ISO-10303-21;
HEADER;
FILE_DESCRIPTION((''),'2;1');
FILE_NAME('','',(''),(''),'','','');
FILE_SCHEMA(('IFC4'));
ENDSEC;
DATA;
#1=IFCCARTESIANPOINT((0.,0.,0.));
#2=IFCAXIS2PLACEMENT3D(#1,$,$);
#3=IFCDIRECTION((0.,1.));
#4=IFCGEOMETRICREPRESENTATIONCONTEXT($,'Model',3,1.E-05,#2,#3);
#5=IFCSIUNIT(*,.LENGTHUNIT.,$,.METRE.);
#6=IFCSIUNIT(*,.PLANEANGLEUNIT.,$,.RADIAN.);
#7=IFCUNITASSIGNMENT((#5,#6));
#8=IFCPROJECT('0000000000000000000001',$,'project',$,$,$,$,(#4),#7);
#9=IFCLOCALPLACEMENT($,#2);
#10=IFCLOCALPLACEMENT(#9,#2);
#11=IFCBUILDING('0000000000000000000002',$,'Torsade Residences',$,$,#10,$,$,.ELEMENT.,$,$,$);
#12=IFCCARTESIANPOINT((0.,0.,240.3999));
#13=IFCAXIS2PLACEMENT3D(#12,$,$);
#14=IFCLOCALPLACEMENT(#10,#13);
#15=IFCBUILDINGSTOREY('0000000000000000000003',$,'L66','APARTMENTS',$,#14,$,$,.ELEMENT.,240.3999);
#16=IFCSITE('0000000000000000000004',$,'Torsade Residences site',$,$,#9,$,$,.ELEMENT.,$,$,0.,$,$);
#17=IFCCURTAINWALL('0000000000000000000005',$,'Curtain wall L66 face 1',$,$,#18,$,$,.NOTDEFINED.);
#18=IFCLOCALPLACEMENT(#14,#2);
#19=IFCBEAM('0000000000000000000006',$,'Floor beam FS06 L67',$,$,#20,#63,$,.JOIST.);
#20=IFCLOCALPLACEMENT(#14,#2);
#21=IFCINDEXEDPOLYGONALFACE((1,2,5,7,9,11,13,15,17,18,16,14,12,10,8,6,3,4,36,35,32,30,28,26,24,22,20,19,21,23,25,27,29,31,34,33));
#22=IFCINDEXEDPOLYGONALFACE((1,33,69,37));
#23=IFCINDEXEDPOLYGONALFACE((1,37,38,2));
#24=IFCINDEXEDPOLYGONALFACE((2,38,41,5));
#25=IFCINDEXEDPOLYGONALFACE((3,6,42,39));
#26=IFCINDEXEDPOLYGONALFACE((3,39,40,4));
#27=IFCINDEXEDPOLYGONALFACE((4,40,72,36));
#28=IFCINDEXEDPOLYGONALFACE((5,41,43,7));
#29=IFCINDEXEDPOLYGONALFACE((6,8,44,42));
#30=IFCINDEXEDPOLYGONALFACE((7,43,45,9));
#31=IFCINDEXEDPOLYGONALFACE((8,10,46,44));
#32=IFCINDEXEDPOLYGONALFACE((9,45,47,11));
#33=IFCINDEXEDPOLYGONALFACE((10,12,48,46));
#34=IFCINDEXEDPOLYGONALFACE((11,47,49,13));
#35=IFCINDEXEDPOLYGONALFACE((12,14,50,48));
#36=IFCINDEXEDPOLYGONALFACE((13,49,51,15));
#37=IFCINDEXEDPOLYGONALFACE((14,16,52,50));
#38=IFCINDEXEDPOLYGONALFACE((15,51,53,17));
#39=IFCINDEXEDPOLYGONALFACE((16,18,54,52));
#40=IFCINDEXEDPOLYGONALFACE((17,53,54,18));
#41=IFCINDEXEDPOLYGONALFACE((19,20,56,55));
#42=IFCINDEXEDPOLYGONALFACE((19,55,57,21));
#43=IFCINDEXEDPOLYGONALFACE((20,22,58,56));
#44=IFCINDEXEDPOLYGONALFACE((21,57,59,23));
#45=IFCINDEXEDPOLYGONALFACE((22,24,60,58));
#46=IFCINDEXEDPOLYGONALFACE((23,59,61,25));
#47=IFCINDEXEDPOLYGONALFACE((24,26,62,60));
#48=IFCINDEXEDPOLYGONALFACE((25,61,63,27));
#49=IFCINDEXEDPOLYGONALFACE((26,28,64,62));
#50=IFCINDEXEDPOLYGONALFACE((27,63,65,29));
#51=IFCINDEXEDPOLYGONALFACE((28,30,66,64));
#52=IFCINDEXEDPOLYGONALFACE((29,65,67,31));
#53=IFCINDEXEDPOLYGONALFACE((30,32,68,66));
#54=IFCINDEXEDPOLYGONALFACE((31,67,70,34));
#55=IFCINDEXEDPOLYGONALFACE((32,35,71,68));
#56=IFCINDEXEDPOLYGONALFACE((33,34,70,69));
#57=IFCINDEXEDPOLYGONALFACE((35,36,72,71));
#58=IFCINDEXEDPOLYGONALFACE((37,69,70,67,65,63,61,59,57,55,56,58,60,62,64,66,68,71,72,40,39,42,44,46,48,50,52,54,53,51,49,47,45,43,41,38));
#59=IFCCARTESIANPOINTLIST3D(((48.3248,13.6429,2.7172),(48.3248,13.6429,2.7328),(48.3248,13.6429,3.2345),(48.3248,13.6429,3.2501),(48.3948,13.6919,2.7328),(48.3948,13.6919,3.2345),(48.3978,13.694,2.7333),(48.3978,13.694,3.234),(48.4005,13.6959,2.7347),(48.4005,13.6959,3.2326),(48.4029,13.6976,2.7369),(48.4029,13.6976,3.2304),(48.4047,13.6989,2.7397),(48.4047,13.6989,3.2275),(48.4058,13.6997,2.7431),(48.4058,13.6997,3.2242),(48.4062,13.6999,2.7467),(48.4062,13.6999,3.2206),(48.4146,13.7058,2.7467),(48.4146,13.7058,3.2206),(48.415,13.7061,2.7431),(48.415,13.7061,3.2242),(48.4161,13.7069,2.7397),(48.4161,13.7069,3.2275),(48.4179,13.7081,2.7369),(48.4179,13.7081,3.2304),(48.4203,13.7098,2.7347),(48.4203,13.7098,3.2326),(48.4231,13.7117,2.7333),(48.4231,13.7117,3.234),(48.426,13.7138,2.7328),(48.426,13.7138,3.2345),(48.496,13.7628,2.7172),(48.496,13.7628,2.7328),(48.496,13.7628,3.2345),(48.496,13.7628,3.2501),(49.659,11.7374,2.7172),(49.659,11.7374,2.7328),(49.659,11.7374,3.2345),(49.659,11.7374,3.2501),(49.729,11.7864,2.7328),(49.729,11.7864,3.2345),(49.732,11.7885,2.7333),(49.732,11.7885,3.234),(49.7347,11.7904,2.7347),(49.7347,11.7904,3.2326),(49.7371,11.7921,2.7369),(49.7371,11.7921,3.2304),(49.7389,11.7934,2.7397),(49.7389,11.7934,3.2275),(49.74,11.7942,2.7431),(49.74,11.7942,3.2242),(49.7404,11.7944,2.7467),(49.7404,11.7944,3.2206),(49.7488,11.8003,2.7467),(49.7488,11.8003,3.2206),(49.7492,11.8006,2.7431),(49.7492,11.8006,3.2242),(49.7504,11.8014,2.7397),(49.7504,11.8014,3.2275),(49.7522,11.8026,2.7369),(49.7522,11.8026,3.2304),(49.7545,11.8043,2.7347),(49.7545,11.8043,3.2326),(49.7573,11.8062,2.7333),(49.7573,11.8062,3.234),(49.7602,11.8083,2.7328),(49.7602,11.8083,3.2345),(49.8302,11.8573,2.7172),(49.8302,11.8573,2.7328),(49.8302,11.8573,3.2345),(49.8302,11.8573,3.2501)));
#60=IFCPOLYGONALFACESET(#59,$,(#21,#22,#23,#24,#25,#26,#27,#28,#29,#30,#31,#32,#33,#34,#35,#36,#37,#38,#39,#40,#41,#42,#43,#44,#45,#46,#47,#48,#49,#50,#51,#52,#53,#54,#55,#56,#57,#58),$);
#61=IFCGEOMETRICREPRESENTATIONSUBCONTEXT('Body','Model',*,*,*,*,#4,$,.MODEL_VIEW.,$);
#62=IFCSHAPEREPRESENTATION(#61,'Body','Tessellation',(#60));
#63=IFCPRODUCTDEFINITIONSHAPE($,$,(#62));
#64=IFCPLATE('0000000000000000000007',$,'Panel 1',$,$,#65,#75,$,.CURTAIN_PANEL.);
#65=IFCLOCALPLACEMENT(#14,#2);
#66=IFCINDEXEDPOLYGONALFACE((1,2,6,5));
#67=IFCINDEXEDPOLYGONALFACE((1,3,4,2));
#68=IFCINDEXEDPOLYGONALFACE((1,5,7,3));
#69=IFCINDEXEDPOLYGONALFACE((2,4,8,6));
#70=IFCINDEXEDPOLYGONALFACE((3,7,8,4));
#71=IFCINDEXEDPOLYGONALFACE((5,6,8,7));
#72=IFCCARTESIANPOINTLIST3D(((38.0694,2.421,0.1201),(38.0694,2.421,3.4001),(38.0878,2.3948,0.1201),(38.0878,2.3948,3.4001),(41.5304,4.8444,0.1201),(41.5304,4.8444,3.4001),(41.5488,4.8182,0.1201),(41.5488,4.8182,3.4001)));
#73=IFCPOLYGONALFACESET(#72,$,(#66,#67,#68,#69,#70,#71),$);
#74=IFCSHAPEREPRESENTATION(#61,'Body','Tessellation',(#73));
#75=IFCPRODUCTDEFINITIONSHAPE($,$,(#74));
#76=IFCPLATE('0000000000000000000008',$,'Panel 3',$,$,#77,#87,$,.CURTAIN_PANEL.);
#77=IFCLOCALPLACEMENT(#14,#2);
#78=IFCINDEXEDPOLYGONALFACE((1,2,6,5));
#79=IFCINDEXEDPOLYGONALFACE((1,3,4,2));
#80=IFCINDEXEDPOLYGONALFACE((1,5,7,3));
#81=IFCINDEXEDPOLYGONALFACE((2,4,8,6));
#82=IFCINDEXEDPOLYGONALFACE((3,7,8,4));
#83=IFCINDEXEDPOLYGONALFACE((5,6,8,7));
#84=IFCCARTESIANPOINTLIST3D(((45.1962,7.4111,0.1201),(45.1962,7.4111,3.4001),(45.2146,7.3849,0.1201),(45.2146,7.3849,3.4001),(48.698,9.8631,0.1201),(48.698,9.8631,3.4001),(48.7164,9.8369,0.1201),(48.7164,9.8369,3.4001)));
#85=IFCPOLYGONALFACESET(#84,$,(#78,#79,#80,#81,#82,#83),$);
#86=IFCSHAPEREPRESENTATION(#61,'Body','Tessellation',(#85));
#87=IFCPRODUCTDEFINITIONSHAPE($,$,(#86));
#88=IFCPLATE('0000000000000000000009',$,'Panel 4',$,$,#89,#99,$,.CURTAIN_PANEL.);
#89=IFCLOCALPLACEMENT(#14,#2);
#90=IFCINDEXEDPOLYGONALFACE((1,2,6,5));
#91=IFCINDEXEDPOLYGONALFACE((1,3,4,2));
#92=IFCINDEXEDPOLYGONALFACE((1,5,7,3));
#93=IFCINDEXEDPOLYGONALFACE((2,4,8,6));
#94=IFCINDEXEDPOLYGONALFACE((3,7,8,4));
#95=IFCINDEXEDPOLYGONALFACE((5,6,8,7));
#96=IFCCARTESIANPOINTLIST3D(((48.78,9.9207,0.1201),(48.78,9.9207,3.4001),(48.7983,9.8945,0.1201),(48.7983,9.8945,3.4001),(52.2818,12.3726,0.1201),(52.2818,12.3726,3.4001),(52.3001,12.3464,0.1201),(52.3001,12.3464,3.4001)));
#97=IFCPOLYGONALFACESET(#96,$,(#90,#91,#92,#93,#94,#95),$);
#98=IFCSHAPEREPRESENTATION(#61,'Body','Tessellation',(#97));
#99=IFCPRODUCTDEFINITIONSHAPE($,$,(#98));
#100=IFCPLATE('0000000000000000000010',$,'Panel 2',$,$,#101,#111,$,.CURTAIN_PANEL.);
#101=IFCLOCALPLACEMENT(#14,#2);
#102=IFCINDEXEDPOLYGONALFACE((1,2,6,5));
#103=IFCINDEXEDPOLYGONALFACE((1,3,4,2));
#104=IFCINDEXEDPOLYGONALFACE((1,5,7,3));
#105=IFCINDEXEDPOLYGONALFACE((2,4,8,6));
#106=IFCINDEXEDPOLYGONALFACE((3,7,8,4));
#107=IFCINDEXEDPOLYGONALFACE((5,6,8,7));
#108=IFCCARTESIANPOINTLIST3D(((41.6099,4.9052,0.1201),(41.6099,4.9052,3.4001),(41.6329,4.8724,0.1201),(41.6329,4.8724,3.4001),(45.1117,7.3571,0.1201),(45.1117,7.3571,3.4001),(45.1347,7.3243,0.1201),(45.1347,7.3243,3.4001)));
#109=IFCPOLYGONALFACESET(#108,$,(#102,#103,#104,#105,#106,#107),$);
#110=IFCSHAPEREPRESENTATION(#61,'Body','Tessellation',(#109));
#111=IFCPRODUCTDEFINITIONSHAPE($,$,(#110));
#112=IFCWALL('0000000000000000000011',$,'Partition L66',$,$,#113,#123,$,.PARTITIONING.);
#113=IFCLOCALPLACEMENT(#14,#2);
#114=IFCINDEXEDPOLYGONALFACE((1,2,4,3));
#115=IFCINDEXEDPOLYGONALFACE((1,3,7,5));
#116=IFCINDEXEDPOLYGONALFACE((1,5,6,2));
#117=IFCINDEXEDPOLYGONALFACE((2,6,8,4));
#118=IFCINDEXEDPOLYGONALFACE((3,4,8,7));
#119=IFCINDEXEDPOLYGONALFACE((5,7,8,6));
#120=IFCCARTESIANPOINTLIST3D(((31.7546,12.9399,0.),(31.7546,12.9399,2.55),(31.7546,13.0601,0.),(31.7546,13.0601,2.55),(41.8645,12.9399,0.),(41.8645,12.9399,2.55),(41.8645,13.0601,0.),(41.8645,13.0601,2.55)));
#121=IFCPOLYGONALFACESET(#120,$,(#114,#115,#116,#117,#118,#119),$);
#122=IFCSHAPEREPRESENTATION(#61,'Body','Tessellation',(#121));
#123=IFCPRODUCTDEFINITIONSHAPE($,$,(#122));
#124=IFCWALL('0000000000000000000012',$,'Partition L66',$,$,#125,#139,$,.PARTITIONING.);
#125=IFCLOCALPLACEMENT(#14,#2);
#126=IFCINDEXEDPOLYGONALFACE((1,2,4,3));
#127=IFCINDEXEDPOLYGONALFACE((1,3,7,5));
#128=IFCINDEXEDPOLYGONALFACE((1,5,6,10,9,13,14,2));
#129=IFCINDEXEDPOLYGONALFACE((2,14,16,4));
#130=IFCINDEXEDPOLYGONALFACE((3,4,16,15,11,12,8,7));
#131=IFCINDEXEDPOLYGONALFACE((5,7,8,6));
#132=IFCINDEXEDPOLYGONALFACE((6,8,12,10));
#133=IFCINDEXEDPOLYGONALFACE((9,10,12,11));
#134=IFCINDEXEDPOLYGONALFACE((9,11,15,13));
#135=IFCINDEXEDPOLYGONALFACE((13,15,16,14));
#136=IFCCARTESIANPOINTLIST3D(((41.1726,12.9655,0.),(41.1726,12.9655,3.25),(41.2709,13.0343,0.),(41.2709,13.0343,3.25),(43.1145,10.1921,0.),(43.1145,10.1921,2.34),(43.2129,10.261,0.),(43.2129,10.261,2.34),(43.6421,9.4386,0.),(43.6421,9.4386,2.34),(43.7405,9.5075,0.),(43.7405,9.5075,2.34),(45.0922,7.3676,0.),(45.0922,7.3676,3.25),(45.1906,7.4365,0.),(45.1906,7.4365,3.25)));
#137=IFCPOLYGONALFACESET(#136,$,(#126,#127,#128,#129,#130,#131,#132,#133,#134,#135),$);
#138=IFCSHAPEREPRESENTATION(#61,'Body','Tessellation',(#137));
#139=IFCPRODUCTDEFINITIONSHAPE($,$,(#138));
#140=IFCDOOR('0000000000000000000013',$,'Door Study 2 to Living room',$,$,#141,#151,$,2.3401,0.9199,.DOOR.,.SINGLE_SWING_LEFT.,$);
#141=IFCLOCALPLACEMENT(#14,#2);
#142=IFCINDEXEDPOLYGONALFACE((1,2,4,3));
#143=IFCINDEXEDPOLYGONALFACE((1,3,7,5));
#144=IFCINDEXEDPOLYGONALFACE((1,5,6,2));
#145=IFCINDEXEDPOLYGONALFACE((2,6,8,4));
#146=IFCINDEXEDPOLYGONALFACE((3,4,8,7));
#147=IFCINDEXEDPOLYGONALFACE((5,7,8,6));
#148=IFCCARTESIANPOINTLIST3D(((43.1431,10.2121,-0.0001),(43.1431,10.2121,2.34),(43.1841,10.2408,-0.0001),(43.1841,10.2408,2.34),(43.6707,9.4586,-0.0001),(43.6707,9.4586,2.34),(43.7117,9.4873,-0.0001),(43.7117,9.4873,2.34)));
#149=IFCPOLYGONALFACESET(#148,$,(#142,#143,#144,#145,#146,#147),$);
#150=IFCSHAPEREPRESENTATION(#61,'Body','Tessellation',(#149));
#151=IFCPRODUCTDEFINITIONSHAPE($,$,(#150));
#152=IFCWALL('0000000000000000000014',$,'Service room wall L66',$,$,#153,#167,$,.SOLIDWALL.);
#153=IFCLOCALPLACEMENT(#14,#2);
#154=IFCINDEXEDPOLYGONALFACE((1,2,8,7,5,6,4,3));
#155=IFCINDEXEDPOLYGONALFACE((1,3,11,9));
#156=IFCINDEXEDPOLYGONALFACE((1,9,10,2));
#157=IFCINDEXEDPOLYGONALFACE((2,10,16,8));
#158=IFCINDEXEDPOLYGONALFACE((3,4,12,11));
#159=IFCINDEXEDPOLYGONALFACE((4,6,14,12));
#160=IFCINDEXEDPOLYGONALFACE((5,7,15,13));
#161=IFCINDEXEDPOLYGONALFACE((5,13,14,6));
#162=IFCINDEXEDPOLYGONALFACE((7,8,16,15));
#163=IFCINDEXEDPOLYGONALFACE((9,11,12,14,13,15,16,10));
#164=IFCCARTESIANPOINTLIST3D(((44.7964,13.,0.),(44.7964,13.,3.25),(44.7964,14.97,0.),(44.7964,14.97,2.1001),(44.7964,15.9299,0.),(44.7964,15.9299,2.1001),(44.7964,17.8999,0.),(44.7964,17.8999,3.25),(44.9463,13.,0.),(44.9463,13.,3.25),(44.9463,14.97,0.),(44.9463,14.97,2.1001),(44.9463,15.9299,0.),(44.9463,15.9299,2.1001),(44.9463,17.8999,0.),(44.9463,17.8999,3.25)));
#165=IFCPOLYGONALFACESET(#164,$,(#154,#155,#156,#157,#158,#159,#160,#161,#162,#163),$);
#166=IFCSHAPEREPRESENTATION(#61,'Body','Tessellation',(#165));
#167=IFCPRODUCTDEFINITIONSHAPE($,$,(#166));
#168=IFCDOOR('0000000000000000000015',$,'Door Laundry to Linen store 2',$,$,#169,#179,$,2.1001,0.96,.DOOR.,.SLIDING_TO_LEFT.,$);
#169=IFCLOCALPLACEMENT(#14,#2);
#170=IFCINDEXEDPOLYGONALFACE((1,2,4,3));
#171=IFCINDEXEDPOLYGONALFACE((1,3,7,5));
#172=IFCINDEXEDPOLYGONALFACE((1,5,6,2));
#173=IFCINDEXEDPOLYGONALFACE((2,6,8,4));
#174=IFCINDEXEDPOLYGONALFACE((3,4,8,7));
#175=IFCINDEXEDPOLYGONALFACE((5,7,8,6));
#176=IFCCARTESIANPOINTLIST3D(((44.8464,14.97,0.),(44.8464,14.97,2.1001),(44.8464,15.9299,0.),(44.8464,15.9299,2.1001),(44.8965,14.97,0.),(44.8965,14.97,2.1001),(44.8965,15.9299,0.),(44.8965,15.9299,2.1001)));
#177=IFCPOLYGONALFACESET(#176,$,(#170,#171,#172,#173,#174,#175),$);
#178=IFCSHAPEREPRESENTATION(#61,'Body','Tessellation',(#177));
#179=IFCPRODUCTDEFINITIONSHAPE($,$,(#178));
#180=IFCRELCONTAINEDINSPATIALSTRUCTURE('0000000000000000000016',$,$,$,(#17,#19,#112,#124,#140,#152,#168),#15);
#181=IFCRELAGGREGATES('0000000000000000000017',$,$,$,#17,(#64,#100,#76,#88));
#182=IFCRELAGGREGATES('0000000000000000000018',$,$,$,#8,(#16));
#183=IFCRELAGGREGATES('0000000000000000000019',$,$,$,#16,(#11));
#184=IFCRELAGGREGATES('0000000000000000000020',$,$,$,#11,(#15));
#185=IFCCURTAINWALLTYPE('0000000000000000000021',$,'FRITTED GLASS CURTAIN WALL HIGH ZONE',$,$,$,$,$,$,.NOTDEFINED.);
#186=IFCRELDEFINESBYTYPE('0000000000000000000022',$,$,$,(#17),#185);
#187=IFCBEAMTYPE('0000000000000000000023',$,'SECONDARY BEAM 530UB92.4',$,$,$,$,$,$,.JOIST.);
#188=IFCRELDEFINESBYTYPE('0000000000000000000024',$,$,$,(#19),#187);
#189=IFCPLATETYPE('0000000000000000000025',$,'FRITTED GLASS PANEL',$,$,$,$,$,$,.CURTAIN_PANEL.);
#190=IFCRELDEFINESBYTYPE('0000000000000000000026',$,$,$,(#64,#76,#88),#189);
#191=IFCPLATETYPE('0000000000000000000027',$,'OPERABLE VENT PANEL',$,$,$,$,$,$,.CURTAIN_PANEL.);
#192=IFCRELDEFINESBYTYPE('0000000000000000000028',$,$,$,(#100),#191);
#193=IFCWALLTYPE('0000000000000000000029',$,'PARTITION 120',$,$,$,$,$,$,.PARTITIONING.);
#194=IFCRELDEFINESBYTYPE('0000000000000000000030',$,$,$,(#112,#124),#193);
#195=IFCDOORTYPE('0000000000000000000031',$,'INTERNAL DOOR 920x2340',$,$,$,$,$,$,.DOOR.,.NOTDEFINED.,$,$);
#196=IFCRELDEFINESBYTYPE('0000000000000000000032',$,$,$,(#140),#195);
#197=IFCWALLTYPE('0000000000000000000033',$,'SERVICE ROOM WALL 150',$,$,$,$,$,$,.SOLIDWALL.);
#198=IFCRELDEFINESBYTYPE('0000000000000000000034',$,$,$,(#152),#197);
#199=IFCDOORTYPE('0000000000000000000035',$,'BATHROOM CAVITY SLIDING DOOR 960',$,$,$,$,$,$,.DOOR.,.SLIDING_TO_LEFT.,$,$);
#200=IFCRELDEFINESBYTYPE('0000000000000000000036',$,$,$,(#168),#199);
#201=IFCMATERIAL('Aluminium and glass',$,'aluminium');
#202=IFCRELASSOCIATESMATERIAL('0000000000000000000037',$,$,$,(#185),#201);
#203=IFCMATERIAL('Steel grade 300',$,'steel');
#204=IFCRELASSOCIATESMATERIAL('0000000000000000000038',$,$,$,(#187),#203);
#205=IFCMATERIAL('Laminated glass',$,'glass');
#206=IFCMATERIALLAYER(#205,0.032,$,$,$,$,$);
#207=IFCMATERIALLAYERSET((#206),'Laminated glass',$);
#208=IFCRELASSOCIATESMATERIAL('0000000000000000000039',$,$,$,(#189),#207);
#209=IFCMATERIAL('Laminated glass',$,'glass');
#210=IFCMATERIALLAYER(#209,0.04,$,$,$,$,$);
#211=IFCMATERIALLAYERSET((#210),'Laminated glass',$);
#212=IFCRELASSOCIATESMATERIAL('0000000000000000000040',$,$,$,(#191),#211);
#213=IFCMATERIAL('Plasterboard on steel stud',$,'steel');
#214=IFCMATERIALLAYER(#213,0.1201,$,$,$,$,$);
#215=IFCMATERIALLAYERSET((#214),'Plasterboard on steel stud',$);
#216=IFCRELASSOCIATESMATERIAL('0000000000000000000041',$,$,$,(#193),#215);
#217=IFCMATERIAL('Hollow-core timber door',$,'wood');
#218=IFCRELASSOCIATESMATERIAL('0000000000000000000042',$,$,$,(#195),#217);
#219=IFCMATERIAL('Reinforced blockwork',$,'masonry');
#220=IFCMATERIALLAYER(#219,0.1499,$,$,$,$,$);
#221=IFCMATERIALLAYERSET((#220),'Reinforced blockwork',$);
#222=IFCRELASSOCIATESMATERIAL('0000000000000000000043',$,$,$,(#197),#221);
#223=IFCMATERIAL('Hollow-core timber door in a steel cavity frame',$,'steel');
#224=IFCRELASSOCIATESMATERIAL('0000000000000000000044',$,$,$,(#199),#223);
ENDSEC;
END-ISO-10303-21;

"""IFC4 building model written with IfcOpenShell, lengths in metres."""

from ifc_helpers import new_model, si_unit, direction, frame, frame_2d, origin, origin_2d, place, context, subcontext, project, spatial, rectangle, i_section, extrude, material, layer, layer_set, material_profile, profile_set, type_object, element, fill, aggregate, save


model = new_model("IFC4")

# Units and contexts
model_context = context("Model", 3, precision=1e-05, world=origin(), true_north=direction((0.0, 1.0)))
body_context = subcontext(model_context, "Body", "Model", "MODEL_VIEW")
ifc_project = project(units=[si_unit("LENGTHUNIT", "METRE"), si_unit("PLANEANGLEUNIT", "RADIAN")], contexts=[model_context])

# Site, building, storey
site_placement = place(None, origin())
site = spatial("IfcSite", under=ifc_project, at=site_placement, Name="Torsade Residences site", CompositionType="ELEMENT", RefElevation=0.0)
building_placement = place(site_placement, origin())
building = spatial("IfcBuilding", under=site, at=building_placement, Name="Torsade Residences", CompositionType="ELEMENT")
storey_placement = place(building_placement, frame((0.0, 0.0, 240.3999)))
storey = spatial("IfcBuildingStorey", under=building, at=storey_placement, Name="L66", Description="APARTMENTS", CompositionType="ELEMENT", Elevation=240.3999)

# Curtain wall
ifc_material_1 = material(Name="Aluminium and glass", Category="aluminium")
curtain_wall_type = type_object("IfcCurtainWallType", Name="FRITTED GLASS CURTAIN WALL HIGH ZONE", PredefinedType="NOTDEFINED", material=ifc_material_1)
curtain_wall_placement = place(storey_placement, origin())
curtain_wall = element("IfcCurtainWall", 1, at=curtain_wall_placement, inside=storey, type_object=curtain_wall_type, Name="Curtain wall L66 face 1", PredefinedType="NOTDEFINED")

# Beam
ifc_material_2 = material(Name="Steel grade 300", Category="steel")
ifc_material_profile_1 = material_profile(ifc_material_2, i_section(OverallWidth=0.209, OverallDepth=0.533, WebThickness=0.0103, FlangeThickness=0.0156, FilletRadius=0.0139, at=origin_2d()), Name="530UB92.4")
ifc_profile_set_1 = profile_set([ifc_material_profile_1], Name="Steel grade 300")
beam_type_1 = type_object("IfcBeamType", Name="SECONDARY BEAM 530UB92.4", PredefinedType="JOIST", material=ifc_profile_set_1)
beam_1_placement = place(storey_placement, frame((49.7446, 11.7974, 2.9836), z_axis=(-0.573568, 0.819158, 0.0), x_axis=(-0.819158, -0.573568, 0.0)))
element("IfcBeam", 2, at=beam_1_placement, inside=storey, type_object=beam_type_1, Name="Floor beam FS06 L67", PredefinedType="JOIST", context=body_context, shape_type="SweptSolid", body=[
    extrude(i_section(OverallWidth=0.209, OverallDepth=0.533, WebThickness=0.0103, FlangeThickness=0.0156, FilletRadius=0.0139, at=origin_2d()), origin(), (0.0, 0.0, 1.0), 2.3262),
])

# Plates
ifc_material_3 = material(Name="Laminated glass", Category="glass")
ifc_layer_1 = layer(ifc_material_3, 0.032)
ifc_layer_set_1 = layer_set([ifc_layer_1], Name="Laminated glass")
plate_type_1 = type_object("IfcPlateType", Name="FRITTED GLASS PANEL", PredefinedType="CURTAIN_PANEL", material=ifc_layer_set_1)
plate_1_placement = place(storey_placement, frame((39.8091, 3.6196, 0.1201), z_axis=(0.0, 0.0, 1.0), x_axis=(0.819152, 0.573576, 0.0)))
plate_1 = element("IfcPlate", 3, at=plate_1_placement, type_object=plate_type_1, Name="Panel 1", PredefinedType="CURTAIN_PANEL", context=body_context, shape_type="SweptSolid", body=[
    extrude(rectangle(XDim=4.2251, YDim=0.032, at=origin_2d()), origin(), (0.0, 0.0, 1.0), 3.28),
])
plate_2_placement = place(storey_placement, frame((46.9563, 8.624, 0.1201), z_axis=(0.0, 0.0, 1.0), x_axis=(0.819152, 0.573576, 0.0)))
plate_2 = element("IfcPlate", 4, at=plate_2_placement, type_object=plate_type_1, Name="Panel 3", PredefinedType="CURTAIN_PANEL", context=body_context, shape_type="SweptSolid", body=[
    extrude(rectangle(XDim=4.2749, YDim=0.032, at=origin_2d()), origin(), (0.0, 0.0, 1.0), 3.28),
])
plate_3_placement = place(storey_placement, frame((50.54, 11.1335, 0.1201), z_axis=(0.0, 0.0, 1.0), x_axis=(0.819152, 0.573576, 0.0)))
plate_3 = element("IfcPlate", 5, at=plate_3_placement, type_object=plate_type_1, Name="Panel 4", PredefinedType="CURTAIN_PANEL", context=body_context, shape_type="SweptSolid", body=[
    extrude(rectangle(XDim=4.2749, YDim=0.032, at=origin_2d()), origin(), (0.0, 0.0, 1.0), 3.28),
])
ifc_material_4 = material(Name="Laminated glass", Category="glass")
ifc_layer_2 = layer(ifc_material_4, 0.04)
ifc_layer_set_2 = layer_set([ifc_layer_2], Name="Laminated glass")
plate_type_2 = type_object("IfcPlateType", Name="OPERABLE VENT PANEL", PredefinedType="CURTAIN_PANEL", material=ifc_layer_set_2)
plate_4_placement = place(storey_placement, frame((43.3723, 6.1147, 0.1201), z_axis=(0.0, 0.0, 1.0), x_axis=(0.819152, 0.573576, 0.0)))
plate_4 = element("IfcPlate", 6, at=plate_4_placement, type_object=plate_type_2, Name="Panel 2", PredefinedType="CURTAIN_PANEL", context=body_context, shape_type="SweptSolid", body=[
    extrude(rectangle(XDim=4.2749, YDim=0.04, at=origin_2d()), origin(), (0.0, 0.0, 1.0), 3.28),
])
aggregate(curtain_wall, [plate_1, plate_4, plate_2, plate_3])

# Wall
ifc_material_5 = material(Name="Plasterboard on steel stud", Category="steel")
ifc_layer_3 = layer(ifc_material_5, 0.1201)
ifc_layer_set_3 = layer_set([ifc_layer_3], Name="Plasterboard on steel stud")
wall_type_1 = type_object("IfcWallType", Name="PARTITION 120", PredefinedType="PARTITIONING", material=ifc_layer_set_3)
wall_1_placement = place(storey_placement, frame((41.8645, 13.0, 0.0), z_axis=(0.0, 0.0, 1.0), x_axis=(-1.0, 0.0, 0.0)))
element("IfcWall", 7, at=wall_1_placement, inside=storey, type_object=wall_type_1, Name="Partition L66", PredefinedType="PARTITIONING", context=body_context, shape_type="SweptSolid", body=[
    extrude(rectangle(XDim=10.1099, YDim=0.1201, at=frame_2d((5.0549, 0.0))), origin(), (0.0, 0.0, 1.0), 2.55),
])

# Walls, openings, doors
wall_2_placement = place(storey_placement, frame((41.2217, 13.0, 0.0), z_axis=(0.0, 0.0, 1.0), x_axis=(0.573575, -0.819153, 0.0)))
wall_2 = element("IfcWall", 8, at=wall_2_placement, inside=storey, type_object=wall_type_1, Name="Partition L66", PredefinedType="PARTITIONING", context=body_context, shape_type="SweptSolid", body=[
    extrude(rectangle(XDim=6.8337, YDim=0.1201, at=frame_2d((3.417, 0.0))), origin(), (0.0, 0.0, 1.0), 3.25),
])
opening_1_placement = place(wall_2_placement, frame((3.3857, 0.0, 0.0)))
opening_1 = element("IfcOpeningElement", 9, at=opening_1_placement, cuts=wall_2, PredefinedType="OPENING", context=body_context, shape_type="SweptSolid", body=[
    extrude(rectangle(XDim=0.9199, YDim=2.3401, at=frame_2d((0.46, 1.1699))), frame((0.0, 0.0701, 0.0), z_axis=(0.0, -1.0, 0.0), x_axis=(1.0, 0.0, 0.0)), (0.0, 0.0, 1.0), 0.1401),
])
ifc_material_6 = material(Name="Hollow-core timber door", Category="wood")
door_type_1 = type_object("IfcDoorType", Name="INTERNAL DOOR 920x2340", OperationType="NOTDEFINED", PredefinedType="DOOR", material=ifc_material_6)
door_1_placement = place(opening_1_placement, origin())
door_1 = element("IfcDoor", 10, at=door_1_placement, inside=storey, type_object=door_type_1, Name="Door Study 2 to Living room", OperationType="SINGLE_SWING_LEFT", OverallHeight=2.3401, OverallWidth=0.9199, PredefinedType="DOOR", context=body_context, shape_type="SweptSolid", body=[
    extrude(rectangle(XDim=0.9199, YDim=2.3401, at=frame_2d((0.46, 1.1699))), frame((0.0, 0.0249, 0.0), z_axis=(0.0, -1.0, 0.0), x_axis=(1.0, 0.0, 0.0)), (0.0, 0.0, 1.0), 0.05),
])
fill(opening_1, door_1)
ifc_material_7 = material(Name="Reinforced blockwork", Category="masonry")
ifc_layer_4 = layer(ifc_material_7, 0.1499)
ifc_layer_set_4 = layer_set([ifc_layer_4], Name="Reinforced blockwork")
wall_type_2 = type_object("IfcWallType", Name="SERVICE ROOM WALL 150", PredefinedType="SOLIDWALL", material=ifc_layer_set_4)
wall_3_placement = place(storey_placement, frame((44.8713, 13.0, 0.0), z_axis=(0.0, 0.0, 1.0), x_axis=(0.0, 1.0, 0.0)))
wall_3 = element("IfcWall", 11, at=wall_3_placement, inside=storey, type_object=wall_type_2, Name="Service room wall L66", PredefinedType="SOLIDWALL", context=body_context, shape_type="SweptSolid", body=[
    extrude(rectangle(XDim=4.8999, YDim=0.1499, at=frame_2d((2.45, 0.0))), origin(), (0.0, 0.0, 1.0), 3.25),
])
opening_2_placement = place(wall_3_placement, frame((1.97, 0.0, 0.0)))
opening_2 = element("IfcOpeningElement", 12, at=opening_2_placement, cuts=wall_3, PredefinedType="OPENING", context=body_context, shape_type="SweptSolid", body=[
    extrude(rectangle(XDim=0.96, YDim=2.1001, at=frame_2d((0.48, 1.05))), frame((0.0, 0.085, 0.0), z_axis=(0.0, -1.0, 0.0), x_axis=(1.0, 0.0, 0.0)), (0.0, 0.0, 1.0), 0.1699),
])
ifc_material_8 = material(Name="Hollow-core timber door in a steel cavity frame", Category="steel")
door_type_2 = type_object("IfcDoorType", Name="BATHROOM CAVITY SLIDING DOOR 960", OperationType="SLIDING_TO_LEFT", PredefinedType="DOOR", material=ifc_material_8)
door_2_placement = place(opening_2_placement, origin())
door_2 = element("IfcDoor", 13, at=door_2_placement, inside=storey, type_object=door_type_2, Name="Door Laundry to Linen store 2", OperationType="SLIDING_TO_LEFT", OverallHeight=2.1001, OverallWidth=0.96, PredefinedType="DOOR", context=body_context, shape_type="SweptSolid", body=[
    extrude(rectangle(XDim=0.96, YDim=2.1001, at=frame_2d((0.48, 1.05))), frame((0.0, 0.0249, 0.0), z_axis=(0.0, -1.0, 0.0), x_axis=(1.0, 0.0, 0.0)), (0.0, 0.0, 1.0), 0.05),
])
fill(opening_2, door_2)

save(model, "model.ifc")
